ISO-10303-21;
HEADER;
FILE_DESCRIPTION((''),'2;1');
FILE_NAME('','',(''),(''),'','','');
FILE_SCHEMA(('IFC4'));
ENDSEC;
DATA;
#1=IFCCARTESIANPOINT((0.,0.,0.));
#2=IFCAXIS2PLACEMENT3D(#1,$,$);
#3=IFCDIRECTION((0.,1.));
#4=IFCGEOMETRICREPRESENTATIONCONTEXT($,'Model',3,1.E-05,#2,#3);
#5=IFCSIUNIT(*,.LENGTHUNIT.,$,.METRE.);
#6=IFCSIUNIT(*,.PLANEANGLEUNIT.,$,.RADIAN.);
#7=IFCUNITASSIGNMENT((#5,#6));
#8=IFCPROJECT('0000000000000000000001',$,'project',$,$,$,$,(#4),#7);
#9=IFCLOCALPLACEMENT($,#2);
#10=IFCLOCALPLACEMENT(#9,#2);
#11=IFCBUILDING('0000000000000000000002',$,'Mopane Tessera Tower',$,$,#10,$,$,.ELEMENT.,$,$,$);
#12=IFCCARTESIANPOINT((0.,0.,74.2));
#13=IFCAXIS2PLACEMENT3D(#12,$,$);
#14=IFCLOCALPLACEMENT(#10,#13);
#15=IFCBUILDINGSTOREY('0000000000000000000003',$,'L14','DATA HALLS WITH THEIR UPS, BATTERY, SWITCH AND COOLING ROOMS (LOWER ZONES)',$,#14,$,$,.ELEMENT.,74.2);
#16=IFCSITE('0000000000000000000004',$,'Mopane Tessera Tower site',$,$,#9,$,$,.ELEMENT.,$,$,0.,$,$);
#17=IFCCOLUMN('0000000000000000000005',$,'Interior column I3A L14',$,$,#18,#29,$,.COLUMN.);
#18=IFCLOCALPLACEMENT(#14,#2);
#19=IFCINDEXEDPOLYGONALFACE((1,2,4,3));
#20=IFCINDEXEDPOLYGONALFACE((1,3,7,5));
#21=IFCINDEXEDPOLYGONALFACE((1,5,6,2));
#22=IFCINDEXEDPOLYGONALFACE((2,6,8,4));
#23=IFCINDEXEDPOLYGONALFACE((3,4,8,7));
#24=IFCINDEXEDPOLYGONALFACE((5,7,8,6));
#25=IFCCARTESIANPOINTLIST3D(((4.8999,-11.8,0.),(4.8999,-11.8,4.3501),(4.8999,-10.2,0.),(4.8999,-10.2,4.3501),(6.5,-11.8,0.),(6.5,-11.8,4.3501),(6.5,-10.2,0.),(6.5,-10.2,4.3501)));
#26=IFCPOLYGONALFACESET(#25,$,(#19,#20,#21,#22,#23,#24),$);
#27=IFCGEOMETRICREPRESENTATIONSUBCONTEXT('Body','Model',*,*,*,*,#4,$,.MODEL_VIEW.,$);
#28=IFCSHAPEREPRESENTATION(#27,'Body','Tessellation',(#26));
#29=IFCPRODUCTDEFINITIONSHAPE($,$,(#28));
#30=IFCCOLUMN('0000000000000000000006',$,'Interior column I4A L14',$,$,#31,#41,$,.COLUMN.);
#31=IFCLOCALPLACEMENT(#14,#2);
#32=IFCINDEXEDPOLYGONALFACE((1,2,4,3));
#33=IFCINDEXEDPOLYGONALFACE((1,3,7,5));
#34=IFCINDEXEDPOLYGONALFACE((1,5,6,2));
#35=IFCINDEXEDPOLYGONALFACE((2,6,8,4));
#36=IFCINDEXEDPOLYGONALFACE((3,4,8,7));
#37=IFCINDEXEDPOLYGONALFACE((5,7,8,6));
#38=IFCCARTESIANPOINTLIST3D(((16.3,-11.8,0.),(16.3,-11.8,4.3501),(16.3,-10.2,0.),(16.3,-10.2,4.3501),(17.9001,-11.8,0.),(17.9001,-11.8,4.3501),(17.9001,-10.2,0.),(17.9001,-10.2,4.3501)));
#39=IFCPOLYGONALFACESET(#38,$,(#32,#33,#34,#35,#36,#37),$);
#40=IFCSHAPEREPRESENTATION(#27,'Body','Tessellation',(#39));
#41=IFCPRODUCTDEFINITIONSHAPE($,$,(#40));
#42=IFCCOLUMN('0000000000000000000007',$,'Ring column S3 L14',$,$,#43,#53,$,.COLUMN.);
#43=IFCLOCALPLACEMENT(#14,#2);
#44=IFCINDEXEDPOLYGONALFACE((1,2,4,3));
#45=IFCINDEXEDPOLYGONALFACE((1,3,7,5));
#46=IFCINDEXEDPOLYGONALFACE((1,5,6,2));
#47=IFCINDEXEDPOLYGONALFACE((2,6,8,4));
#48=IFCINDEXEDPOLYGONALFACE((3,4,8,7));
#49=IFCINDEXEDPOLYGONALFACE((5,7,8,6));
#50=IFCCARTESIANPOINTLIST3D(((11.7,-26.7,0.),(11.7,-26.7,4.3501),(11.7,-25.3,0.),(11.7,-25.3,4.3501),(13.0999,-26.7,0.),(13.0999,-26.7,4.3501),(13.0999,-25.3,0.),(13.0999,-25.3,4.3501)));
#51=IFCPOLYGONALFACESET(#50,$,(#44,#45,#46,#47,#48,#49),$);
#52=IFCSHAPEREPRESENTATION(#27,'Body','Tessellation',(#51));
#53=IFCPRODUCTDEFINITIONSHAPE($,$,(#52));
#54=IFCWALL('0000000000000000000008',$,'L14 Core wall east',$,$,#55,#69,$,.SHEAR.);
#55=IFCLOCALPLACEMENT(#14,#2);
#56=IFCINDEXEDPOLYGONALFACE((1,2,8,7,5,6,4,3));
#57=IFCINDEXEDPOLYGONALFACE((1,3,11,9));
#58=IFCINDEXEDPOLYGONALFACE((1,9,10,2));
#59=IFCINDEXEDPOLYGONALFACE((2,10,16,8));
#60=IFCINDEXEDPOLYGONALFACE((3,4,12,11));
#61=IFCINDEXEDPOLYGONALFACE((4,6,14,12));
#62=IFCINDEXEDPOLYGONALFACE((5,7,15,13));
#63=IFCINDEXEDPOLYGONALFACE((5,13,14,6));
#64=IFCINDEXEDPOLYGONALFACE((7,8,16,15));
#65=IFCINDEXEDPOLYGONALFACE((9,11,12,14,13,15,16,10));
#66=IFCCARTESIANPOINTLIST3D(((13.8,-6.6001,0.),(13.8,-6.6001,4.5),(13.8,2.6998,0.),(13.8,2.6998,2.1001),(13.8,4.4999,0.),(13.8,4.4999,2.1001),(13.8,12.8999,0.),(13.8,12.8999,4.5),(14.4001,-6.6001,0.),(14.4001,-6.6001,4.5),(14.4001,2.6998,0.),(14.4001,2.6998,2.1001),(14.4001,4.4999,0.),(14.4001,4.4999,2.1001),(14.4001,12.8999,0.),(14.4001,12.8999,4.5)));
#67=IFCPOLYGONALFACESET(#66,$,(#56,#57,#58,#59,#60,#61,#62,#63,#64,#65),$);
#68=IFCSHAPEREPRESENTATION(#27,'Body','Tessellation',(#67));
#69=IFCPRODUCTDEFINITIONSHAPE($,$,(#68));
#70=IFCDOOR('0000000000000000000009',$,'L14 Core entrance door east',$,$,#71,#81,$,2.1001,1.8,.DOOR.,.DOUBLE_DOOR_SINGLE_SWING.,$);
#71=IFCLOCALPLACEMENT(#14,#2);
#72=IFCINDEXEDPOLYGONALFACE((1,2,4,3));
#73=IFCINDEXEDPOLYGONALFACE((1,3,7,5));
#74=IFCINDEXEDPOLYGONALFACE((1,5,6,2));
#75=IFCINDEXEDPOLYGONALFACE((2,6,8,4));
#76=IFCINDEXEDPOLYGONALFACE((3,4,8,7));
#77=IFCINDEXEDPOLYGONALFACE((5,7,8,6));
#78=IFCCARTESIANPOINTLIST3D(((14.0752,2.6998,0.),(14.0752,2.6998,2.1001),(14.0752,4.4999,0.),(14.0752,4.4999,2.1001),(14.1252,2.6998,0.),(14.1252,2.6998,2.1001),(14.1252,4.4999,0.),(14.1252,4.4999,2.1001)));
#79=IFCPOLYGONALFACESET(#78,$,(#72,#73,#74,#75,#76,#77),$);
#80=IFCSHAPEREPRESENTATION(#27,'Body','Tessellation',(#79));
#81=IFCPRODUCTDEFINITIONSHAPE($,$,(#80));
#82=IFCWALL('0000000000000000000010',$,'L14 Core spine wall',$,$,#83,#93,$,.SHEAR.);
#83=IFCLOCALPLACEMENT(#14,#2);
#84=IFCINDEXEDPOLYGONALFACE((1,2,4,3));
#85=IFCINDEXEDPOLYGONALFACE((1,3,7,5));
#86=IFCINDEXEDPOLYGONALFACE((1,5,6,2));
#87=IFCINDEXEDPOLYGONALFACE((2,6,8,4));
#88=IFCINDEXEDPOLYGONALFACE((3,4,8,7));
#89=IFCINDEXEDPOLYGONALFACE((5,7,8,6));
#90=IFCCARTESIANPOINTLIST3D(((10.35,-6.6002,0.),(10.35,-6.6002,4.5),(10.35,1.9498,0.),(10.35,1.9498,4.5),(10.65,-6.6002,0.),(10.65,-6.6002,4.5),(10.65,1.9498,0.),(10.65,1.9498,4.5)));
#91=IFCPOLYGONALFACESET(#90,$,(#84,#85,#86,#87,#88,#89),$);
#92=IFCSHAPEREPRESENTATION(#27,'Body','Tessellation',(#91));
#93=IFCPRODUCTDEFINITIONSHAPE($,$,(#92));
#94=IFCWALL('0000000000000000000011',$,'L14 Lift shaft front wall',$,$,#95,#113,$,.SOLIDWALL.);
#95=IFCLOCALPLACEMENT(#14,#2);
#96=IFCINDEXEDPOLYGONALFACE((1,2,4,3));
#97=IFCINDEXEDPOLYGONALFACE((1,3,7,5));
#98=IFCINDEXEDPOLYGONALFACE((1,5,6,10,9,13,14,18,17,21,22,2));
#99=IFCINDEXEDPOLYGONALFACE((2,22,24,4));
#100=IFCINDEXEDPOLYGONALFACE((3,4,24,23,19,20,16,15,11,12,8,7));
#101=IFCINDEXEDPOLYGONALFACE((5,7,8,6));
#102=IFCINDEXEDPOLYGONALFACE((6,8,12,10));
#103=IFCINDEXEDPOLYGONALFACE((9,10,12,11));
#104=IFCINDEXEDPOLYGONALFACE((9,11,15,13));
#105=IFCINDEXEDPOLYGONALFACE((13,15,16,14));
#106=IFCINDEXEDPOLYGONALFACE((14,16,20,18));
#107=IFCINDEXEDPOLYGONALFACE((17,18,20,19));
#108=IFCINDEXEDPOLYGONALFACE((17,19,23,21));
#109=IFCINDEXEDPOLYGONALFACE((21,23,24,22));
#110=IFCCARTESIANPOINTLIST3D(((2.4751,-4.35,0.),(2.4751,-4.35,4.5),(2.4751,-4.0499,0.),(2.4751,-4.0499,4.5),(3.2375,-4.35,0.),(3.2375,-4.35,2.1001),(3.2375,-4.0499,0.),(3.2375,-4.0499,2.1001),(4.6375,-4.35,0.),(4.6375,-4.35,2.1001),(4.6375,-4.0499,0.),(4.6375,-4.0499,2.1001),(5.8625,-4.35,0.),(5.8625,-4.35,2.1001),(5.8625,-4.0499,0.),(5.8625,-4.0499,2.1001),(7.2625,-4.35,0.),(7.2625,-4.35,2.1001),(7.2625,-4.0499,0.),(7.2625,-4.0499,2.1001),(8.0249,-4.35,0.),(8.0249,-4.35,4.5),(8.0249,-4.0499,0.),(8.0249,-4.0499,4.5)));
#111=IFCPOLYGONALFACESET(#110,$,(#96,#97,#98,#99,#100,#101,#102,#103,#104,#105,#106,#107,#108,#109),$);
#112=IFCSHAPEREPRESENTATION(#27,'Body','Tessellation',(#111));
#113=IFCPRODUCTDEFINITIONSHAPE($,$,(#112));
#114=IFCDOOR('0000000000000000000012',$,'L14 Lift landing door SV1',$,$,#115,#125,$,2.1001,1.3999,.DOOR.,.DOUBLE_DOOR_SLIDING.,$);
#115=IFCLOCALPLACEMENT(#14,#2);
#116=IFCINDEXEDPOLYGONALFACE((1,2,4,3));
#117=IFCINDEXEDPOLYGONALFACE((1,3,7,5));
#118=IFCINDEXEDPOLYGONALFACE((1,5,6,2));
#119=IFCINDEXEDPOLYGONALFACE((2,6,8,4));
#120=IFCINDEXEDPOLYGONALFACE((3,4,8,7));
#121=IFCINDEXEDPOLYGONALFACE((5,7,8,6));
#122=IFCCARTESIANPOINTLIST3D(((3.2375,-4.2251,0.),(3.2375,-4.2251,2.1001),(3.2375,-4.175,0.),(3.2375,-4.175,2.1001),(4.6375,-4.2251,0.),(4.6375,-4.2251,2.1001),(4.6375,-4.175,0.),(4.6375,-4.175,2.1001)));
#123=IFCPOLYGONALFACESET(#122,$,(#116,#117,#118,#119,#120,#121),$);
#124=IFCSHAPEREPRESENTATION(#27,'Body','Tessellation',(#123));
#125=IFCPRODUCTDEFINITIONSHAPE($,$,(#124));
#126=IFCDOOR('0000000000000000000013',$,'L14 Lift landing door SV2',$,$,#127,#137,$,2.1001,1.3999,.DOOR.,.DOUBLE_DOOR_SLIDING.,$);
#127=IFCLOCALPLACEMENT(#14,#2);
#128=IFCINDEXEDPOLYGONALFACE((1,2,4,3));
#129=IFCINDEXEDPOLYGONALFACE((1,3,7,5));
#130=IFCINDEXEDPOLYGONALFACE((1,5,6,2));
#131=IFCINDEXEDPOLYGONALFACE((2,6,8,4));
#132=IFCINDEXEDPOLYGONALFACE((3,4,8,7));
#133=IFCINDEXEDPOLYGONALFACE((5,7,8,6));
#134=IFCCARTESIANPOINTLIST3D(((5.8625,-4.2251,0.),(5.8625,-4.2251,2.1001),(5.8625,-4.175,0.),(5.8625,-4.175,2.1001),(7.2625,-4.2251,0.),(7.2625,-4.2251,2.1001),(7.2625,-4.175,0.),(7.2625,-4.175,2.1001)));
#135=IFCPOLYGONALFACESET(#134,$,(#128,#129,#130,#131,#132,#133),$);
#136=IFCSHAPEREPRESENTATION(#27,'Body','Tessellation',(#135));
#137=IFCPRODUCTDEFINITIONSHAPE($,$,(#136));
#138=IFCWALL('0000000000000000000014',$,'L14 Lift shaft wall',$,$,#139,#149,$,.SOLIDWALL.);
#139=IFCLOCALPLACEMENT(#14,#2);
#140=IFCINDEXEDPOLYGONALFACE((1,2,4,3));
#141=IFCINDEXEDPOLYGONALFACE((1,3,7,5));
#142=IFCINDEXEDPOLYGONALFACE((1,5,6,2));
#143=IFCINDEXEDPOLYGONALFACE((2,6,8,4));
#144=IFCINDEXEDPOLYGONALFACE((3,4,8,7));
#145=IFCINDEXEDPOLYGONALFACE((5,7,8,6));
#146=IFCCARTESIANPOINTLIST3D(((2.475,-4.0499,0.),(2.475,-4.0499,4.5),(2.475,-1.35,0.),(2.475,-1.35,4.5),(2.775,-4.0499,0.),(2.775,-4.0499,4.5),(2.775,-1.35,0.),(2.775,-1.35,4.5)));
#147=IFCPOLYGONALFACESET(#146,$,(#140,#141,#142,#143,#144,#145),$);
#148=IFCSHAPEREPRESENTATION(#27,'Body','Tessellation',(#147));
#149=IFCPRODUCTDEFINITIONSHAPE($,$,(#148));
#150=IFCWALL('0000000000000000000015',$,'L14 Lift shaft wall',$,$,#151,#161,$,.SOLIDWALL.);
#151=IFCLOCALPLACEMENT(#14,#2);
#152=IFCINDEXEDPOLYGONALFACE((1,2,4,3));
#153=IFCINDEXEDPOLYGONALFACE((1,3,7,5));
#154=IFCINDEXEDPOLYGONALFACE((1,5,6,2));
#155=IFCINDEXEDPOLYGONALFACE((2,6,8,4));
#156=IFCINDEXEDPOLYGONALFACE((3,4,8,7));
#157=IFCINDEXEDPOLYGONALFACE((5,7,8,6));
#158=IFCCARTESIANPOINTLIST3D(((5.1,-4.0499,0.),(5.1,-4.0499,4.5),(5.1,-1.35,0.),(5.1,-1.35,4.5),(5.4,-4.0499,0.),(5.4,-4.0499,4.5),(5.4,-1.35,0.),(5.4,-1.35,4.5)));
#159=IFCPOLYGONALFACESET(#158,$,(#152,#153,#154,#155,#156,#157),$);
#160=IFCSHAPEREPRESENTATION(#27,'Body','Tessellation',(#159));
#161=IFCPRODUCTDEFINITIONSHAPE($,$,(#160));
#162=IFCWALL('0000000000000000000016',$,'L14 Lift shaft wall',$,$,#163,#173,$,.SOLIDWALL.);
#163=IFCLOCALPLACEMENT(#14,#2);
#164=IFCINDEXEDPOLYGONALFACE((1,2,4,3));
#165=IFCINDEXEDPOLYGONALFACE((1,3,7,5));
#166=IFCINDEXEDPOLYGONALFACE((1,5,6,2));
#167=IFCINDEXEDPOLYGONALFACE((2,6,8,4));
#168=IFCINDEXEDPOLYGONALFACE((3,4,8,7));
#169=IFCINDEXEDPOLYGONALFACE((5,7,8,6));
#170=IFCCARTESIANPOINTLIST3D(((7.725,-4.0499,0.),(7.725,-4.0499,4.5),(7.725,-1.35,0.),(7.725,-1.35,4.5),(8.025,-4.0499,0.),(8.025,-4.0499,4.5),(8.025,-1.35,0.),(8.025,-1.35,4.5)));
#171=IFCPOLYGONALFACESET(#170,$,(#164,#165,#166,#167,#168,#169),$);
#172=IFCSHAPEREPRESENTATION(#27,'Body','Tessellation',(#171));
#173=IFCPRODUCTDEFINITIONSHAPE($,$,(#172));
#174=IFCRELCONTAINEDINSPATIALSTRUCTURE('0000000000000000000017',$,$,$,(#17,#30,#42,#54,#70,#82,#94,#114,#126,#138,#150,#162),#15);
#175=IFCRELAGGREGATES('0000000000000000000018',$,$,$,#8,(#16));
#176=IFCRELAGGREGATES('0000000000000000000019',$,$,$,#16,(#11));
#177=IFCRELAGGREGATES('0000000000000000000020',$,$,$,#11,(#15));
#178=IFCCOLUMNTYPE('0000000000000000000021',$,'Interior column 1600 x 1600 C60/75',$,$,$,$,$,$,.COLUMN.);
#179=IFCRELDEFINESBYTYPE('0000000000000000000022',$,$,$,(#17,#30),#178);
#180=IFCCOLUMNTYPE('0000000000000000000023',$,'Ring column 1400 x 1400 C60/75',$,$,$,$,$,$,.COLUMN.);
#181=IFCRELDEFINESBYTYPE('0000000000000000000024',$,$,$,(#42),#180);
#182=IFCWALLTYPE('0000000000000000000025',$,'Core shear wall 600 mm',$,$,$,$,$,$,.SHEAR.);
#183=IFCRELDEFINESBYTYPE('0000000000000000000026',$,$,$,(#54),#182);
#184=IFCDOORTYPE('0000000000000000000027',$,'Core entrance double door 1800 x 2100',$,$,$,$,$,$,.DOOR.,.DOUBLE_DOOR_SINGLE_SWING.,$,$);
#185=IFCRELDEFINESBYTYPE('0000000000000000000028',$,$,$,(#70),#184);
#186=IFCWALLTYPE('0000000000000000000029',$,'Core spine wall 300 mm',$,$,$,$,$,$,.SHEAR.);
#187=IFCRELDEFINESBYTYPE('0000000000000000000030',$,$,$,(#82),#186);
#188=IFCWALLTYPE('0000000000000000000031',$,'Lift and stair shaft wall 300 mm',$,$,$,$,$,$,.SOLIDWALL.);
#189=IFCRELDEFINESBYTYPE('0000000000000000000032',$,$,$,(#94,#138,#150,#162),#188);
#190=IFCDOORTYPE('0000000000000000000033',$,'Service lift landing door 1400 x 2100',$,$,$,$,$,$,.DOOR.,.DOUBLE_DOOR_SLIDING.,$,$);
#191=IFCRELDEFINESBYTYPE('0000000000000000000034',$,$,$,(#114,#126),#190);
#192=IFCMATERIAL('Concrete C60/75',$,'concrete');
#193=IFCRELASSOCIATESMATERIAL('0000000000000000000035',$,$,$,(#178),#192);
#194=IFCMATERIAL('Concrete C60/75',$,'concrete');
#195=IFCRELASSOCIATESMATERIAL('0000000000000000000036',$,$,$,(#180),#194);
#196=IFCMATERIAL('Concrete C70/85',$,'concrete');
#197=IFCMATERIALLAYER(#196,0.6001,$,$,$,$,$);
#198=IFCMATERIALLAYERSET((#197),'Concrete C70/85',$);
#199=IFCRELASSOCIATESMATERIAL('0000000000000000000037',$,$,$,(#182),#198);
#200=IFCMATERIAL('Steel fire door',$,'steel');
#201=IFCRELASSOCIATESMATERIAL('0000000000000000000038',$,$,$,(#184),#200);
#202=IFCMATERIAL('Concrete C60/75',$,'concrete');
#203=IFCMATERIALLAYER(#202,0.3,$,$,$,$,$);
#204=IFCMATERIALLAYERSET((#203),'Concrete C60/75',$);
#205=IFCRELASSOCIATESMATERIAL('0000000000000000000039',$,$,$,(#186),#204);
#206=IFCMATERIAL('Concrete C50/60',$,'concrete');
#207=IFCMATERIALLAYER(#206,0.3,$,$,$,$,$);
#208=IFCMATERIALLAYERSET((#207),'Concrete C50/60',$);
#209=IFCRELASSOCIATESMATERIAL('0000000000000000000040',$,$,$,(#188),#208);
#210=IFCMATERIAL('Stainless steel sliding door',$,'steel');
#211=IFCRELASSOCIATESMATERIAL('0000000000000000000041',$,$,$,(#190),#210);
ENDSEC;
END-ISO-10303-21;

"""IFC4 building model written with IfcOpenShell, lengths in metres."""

from ifc_helpers import new_model, si_unit, direction, frame, frame_2d, origin, origin_2d, place, context, subcontext, project, spatial, rectangle, extrude, material, layer, layer_set, material_profile, profile_set, type_object, element, fill, save


model = new_model("IFC4")

# Units and contexts
model_context = context("Model", 3, precision=1e-05, world=origin(), true_north=direction((0.0, 1.0)))
body_context = subcontext(model_context, "Body", "Model", "MODEL_VIEW")
ifc_project = project(units=[si_unit("LENGTHUNIT", "METRE"), si_unit("PLANEANGLEUNIT", "RADIAN")], contexts=[model_context])

# Site, building, storey
site_placement = place(None, origin())
site = spatial("IfcSite", under=ifc_project, at=site_placement, Name="Mopane Tessera Tower site", CompositionType="ELEMENT", RefElevation=0.0)
building_placement = place(site_placement, origin())
building = spatial("IfcBuilding", under=site, at=building_placement, Name="Mopane Tessera Tower", CompositionType="ELEMENT")
storey_placement = place(building_placement, frame((0.0, 0.0, 74.2)))
storey = spatial("IfcBuildingStorey", under=building, at=storey_placement, Name="L14", Description="DATA HALLS WITH THEIR UPS, BATTERY, SWITCH AND COOLING ROOMS (LOWER ZONES)", CompositionType="ELEMENT", Elevation=74.2)

# Columns
ifc_material_1 = material(Name="Concrete C60/75", Category="concrete")
ifc_material_profile_1 = material_profile(ifc_material_1, rectangle(XDim=1.6001, YDim=1.6001, at=origin_2d()))
ifc_profile_set_1 = profile_set([ifc_material_profile_1], Name="Concrete C60/75")
column_type_1 = type_object("IfcColumnType", Name="Interior column 1600 x 1600 C60/75", PredefinedType="COLUMN", material=ifc_profile_set_1)
for number, where, z_axis, x_axis, name in (
    (1, (5.7, -11.0, 0.0), (0.0, 0.0, 1.0), (1.0, 0.0, 0.0), "Interior column I3A L14"),
    (2, (17.1001, -11.0, 0.0), (0.0, 0.0, 1.0), (1.0, 0.0, 0.0), "Interior column I4A L14"),
):
    element("IfcColumn", number, at=place(storey_placement, frame(where, z_axis=z_axis, x_axis=x_axis)), inside=storey, type_object=column_type_1, Name=name, PredefinedType="COLUMN", context=body_context, shape_type="SweptSolid", body=[
        extrude(rectangle(XDim=1.6001, YDim=1.6001, at=origin_2d()), origin(), (0.0, 0.0, 1.0), 4.3501),
    ])
ifc_material_2 = material(Name="Concrete C60/75", Category="concrete")
ifc_material_profile_2 = material_profile(ifc_material_2, rectangle(XDim=1.3999, YDim=1.3999, at=origin_2d()))
ifc_profile_set_2 = profile_set([ifc_material_profile_2], Name="Concrete C60/75")
column_type_2 = type_object("IfcColumnType", Name="Ring column 1400 x 1400 C60/75", PredefinedType="COLUMN", material=ifc_profile_set_2)
column_placement = place(storey_placement, frame((12.3999, -26.0, 0.0), z_axis=(0.0, 0.0, 1.0), x_axis=(1.0, 0.0, 0.0)))
element("IfcColumn", 3, at=column_placement, inside=storey, type_object=column_type_2, Name="Ring column S3 L14", PredefinedType="COLUMN", context=body_context, shape_type="SweptSolid", body=[
    extrude(rectangle(XDim=1.3999, YDim=1.3999, at=origin_2d()), origin(), (0.0, 0.0, 1.0), 4.3501),
])

# Wall, opening, door
ifc_material_3 = material(Name="Concrete C70/85", Category="concrete")
ifc_layer_1 = layer(ifc_material_3, 0.6001)
ifc_layer_set_1 = layer_set([ifc_layer_1], Name="Concrete C70/85")
wall_type_1 = type_object("IfcWallType", Name="Core shear wall 600 mm", PredefinedType="SHEAR", material=ifc_layer_set_1)
wall_1_placement = place(storey_placement, frame((14.1001, -6.6001, 0.0), z_axis=(0.0, 0.0, 1.0), x_axis=(0.0, 1.0, 0.0)))
wall_1 = element("IfcWall", 4, at=wall_1_placement, inside=storey, type_object=wall_type_1, Name="L14 Core wall east", PredefinedType="SHEAR", context=body_context, shape_type="SweptSolid", body=[
    extrude(rectangle(XDim=19.5, YDim=0.6001, at=frame_2d((9.75, 0.0))), origin(), (0.0, 0.0, 1.0), 4.5),
])
opening_1_placement = place(wall_1_placement, frame((9.3, 0.0, 0.0)))
opening_1 = element("IfcOpeningElement", 5, at=opening_1_placement, cuts=wall_1, PredefinedType="OPENING", context=body_context, shape_type="SweptSolid", body=[
    extrude(rectangle(XDim=1.8, YDim=2.1001, at=frame_2d((0.8999, 1.05))), frame((0.0, 0.312, 0.0), z_axis=(0.0, -1.0, 0.0), x_axis=(1.0, 0.0, 0.0)), (0.0, 0.0, 1.0), 0.624),
])
ifc_material_4 = material(Name="Steel fire door", Category="steel")
door_type_1 = type_object("IfcDoorType", Name="Core entrance double door 1800 x 2100", OperationType="DOUBLE_DOOR_SINGLE_SWING", PredefinedType="DOOR", material=ifc_material_4)
door_1_placement = place(opening_1_placement, origin())
door_1 = element("IfcDoor", 6, at=door_1_placement, inside=storey, type_object=door_type_1, Name="L14 Core entrance door east", OperationType="DOUBLE_DOOR_SINGLE_SWING", OverallHeight=2.1001, OverallWidth=1.8, PredefinedType="DOOR", context=body_context, shape_type="SweptSolid", body=[
    extrude(rectangle(XDim=1.8, YDim=2.1001, at=frame_2d((0.8999, 1.05))), frame((0.0, 0.0249, 0.0), z_axis=(0.0, -1.0, 0.0), x_axis=(1.0, 0.0, 0.0)), (0.0, 0.0, 1.0), 0.05),
])
fill(opening_1, door_1)

# Wall
ifc_material_5 = material(Name="Concrete C60/75", Category="concrete")
ifc_layer_2 = layer(ifc_material_5, 0.3)
ifc_layer_set_2 = layer_set([ifc_layer_2], Name="Concrete C60/75")
wall_type_2 = type_object("IfcWallType", Name="Core spine wall 300 mm", PredefinedType="SHEAR", material=ifc_layer_set_2)
wall_2_placement = place(storey_placement, frame((10.5, -6.6001, 0.0), z_axis=(0.0, 0.0, 1.0), x_axis=(0.0, 1.0, 0.0)))
element("IfcWall", 7, at=wall_2_placement, inside=storey, type_object=wall_type_2, Name="L14 Core spine wall", PredefinedType="SHEAR", context=body_context, shape_type="SweptSolid", body=[
    extrude(rectangle(XDim=8.55, YDim=0.3, at=frame_2d((4.2749, 0.0))), origin(), (0.0, 0.0, 1.0), 4.5),
])

# Wall, openings, doors
ifc_material_6 = material(Name="Concrete C50/60", Category="concrete")
ifc_layer_3 = layer(ifc_material_6, 0.3)
ifc_layer_set_3 = layer_set([ifc_layer_3], Name="Concrete C50/60")
wall_type_3 = type_object("IfcWallType", Name="Lift and stair shaft wall 300 mm", PredefinedType="SOLIDWALL", material=ifc_layer_set_3)
wall_3_placement = place(storey_placement, frame((2.4751, -4.2, 0.0), z_axis=(0.0, 0.0, 1.0), x_axis=(1.0, 0.0, 0.0)))
wall_3 = element("IfcWall", 8, at=wall_3_placement, inside=storey, type_object=wall_type_3, Name="L14 Lift shaft front wall", PredefinedType="SOLIDWALL", context=body_context, shape_type="SweptSolid", body=[
    extrude(rectangle(XDim=5.5498, YDim=0.3, at=frame_2d((2.7749, 0.0))), origin(), (0.0, 0.0, 1.0), 4.5),
])
opening_2_placement = place(wall_3_placement, frame((0.7625, 0.0, 0.0)))
opening_2 = element("IfcOpeningElement", 9, at=opening_2_placement, cuts=wall_3, PredefinedType="OPENING", context=body_context, shape_type="SweptSolid", body=[
    extrude(rectangle(XDim=1.3999, YDim=2.1001, at=frame_2d((0.7, 1.05))), frame((0.0, 0.1621, 0.0), z_axis=(0.0, -1.0, 0.0), x_axis=(1.0, 0.0, 0.0)), (0.0, 0.0, 1.0), 0.324),
])
opening_3_placement = place(wall_3_placement, frame((3.3875, 0.0, 0.0)))
opening_3 = element("IfcOpeningElement", 10, at=opening_3_placement, cuts=wall_3, PredefinedType="OPENING", context=body_context, shape_type="SweptSolid", body=[
    extrude(rectangle(XDim=1.3999, YDim=2.1001, at=frame_2d((0.7, 1.05))), frame((0.0, 0.1621, 0.0), z_axis=(0.0, -1.0, 0.0), x_axis=(1.0, 0.0, 0.0)), (0.0, 0.0, 1.0), 0.324),
])
ifc_material_7 = material(Name="Stainless steel sliding door", Category="steel")
door_type_2 = type_object("IfcDoorType", Name="Service lift landing door 1400 x 2100", OperationType="DOUBLE_DOOR_SLIDING", PredefinedType="DOOR", material=ifc_material_7)
door_2_placement = place(opening_2_placement, origin())
door_2 = element("IfcDoor", 11, at=door_2_placement, inside=storey, type_object=door_type_2, Name="L14 Lift landing door SV1", OperationType="DOUBLE_DOOR_SLIDING", OverallHeight=2.1001, OverallWidth=1.3999, PredefinedType="DOOR", context=body_context, shape_type="SweptSolid", body=[
    extrude(rectangle(XDim=1.3999, YDim=2.1001, at=frame_2d((0.7, 1.05))), frame((0.0, 0.0249, 0.0), z_axis=(0.0, -1.0, 0.0), x_axis=(1.0, 0.0, 0.0)), (0.0, 0.0, 1.0), 0.05),
])
fill(opening_2, door_2)
door_3_placement = place(opening_3_placement, origin())
door_3 = element("IfcDoor", 12, at=door_3_placement, inside=storey, type_object=door_type_2, Name="L14 Lift landing door SV2", OperationType="DOUBLE_DOOR_SLIDING", OverallHeight=2.1001, OverallWidth=1.3999, PredefinedType="DOOR", context=body_context, shape_type="SweptSolid", body=[
    extrude(rectangle(XDim=1.3999, YDim=2.1001, at=frame_2d((0.7, 1.05))), frame((0.0, 0.0249, 0.0), z_axis=(0.0, -1.0, 0.0), x_axis=(1.0, 0.0, 0.0)), (0.0, 0.0, 1.0), 0.05),
])
fill(opening_3, door_3)

# Walls
for number, where, z_axis, x_axis, name in (
    (13, (2.625, -4.05, 0.0), (0.0, 0.0, 1.0), (0.0, 1.0, 0.0), "L14 Lift shaft wall"),
    (14, (5.25, -4.05, 0.0), (0.0, 0.0, 1.0), (0.0, 1.0, 0.0), "L14 Lift shaft wall"),
    (15, (7.875, -4.05, 0.0), (0.0, 0.0, 1.0), (0.0, 1.0, 0.0), "L14 Lift shaft wall"),
):
    element("IfcWall", number, at=place(storey_placement, frame(where, z_axis=z_axis, x_axis=x_axis)), inside=storey, type_object=wall_type_3, Name=name, PredefinedType="SOLIDWALL", context=body_context, shape_type="SweptSolid", body=[
        extrude(rectangle(XDim=2.7, YDim=0.3, at=frame_2d((1.3501, 0.0))), origin(), (0.0, 0.0, 1.0), 4.5),
    ])

save(model, "model.ifc")
